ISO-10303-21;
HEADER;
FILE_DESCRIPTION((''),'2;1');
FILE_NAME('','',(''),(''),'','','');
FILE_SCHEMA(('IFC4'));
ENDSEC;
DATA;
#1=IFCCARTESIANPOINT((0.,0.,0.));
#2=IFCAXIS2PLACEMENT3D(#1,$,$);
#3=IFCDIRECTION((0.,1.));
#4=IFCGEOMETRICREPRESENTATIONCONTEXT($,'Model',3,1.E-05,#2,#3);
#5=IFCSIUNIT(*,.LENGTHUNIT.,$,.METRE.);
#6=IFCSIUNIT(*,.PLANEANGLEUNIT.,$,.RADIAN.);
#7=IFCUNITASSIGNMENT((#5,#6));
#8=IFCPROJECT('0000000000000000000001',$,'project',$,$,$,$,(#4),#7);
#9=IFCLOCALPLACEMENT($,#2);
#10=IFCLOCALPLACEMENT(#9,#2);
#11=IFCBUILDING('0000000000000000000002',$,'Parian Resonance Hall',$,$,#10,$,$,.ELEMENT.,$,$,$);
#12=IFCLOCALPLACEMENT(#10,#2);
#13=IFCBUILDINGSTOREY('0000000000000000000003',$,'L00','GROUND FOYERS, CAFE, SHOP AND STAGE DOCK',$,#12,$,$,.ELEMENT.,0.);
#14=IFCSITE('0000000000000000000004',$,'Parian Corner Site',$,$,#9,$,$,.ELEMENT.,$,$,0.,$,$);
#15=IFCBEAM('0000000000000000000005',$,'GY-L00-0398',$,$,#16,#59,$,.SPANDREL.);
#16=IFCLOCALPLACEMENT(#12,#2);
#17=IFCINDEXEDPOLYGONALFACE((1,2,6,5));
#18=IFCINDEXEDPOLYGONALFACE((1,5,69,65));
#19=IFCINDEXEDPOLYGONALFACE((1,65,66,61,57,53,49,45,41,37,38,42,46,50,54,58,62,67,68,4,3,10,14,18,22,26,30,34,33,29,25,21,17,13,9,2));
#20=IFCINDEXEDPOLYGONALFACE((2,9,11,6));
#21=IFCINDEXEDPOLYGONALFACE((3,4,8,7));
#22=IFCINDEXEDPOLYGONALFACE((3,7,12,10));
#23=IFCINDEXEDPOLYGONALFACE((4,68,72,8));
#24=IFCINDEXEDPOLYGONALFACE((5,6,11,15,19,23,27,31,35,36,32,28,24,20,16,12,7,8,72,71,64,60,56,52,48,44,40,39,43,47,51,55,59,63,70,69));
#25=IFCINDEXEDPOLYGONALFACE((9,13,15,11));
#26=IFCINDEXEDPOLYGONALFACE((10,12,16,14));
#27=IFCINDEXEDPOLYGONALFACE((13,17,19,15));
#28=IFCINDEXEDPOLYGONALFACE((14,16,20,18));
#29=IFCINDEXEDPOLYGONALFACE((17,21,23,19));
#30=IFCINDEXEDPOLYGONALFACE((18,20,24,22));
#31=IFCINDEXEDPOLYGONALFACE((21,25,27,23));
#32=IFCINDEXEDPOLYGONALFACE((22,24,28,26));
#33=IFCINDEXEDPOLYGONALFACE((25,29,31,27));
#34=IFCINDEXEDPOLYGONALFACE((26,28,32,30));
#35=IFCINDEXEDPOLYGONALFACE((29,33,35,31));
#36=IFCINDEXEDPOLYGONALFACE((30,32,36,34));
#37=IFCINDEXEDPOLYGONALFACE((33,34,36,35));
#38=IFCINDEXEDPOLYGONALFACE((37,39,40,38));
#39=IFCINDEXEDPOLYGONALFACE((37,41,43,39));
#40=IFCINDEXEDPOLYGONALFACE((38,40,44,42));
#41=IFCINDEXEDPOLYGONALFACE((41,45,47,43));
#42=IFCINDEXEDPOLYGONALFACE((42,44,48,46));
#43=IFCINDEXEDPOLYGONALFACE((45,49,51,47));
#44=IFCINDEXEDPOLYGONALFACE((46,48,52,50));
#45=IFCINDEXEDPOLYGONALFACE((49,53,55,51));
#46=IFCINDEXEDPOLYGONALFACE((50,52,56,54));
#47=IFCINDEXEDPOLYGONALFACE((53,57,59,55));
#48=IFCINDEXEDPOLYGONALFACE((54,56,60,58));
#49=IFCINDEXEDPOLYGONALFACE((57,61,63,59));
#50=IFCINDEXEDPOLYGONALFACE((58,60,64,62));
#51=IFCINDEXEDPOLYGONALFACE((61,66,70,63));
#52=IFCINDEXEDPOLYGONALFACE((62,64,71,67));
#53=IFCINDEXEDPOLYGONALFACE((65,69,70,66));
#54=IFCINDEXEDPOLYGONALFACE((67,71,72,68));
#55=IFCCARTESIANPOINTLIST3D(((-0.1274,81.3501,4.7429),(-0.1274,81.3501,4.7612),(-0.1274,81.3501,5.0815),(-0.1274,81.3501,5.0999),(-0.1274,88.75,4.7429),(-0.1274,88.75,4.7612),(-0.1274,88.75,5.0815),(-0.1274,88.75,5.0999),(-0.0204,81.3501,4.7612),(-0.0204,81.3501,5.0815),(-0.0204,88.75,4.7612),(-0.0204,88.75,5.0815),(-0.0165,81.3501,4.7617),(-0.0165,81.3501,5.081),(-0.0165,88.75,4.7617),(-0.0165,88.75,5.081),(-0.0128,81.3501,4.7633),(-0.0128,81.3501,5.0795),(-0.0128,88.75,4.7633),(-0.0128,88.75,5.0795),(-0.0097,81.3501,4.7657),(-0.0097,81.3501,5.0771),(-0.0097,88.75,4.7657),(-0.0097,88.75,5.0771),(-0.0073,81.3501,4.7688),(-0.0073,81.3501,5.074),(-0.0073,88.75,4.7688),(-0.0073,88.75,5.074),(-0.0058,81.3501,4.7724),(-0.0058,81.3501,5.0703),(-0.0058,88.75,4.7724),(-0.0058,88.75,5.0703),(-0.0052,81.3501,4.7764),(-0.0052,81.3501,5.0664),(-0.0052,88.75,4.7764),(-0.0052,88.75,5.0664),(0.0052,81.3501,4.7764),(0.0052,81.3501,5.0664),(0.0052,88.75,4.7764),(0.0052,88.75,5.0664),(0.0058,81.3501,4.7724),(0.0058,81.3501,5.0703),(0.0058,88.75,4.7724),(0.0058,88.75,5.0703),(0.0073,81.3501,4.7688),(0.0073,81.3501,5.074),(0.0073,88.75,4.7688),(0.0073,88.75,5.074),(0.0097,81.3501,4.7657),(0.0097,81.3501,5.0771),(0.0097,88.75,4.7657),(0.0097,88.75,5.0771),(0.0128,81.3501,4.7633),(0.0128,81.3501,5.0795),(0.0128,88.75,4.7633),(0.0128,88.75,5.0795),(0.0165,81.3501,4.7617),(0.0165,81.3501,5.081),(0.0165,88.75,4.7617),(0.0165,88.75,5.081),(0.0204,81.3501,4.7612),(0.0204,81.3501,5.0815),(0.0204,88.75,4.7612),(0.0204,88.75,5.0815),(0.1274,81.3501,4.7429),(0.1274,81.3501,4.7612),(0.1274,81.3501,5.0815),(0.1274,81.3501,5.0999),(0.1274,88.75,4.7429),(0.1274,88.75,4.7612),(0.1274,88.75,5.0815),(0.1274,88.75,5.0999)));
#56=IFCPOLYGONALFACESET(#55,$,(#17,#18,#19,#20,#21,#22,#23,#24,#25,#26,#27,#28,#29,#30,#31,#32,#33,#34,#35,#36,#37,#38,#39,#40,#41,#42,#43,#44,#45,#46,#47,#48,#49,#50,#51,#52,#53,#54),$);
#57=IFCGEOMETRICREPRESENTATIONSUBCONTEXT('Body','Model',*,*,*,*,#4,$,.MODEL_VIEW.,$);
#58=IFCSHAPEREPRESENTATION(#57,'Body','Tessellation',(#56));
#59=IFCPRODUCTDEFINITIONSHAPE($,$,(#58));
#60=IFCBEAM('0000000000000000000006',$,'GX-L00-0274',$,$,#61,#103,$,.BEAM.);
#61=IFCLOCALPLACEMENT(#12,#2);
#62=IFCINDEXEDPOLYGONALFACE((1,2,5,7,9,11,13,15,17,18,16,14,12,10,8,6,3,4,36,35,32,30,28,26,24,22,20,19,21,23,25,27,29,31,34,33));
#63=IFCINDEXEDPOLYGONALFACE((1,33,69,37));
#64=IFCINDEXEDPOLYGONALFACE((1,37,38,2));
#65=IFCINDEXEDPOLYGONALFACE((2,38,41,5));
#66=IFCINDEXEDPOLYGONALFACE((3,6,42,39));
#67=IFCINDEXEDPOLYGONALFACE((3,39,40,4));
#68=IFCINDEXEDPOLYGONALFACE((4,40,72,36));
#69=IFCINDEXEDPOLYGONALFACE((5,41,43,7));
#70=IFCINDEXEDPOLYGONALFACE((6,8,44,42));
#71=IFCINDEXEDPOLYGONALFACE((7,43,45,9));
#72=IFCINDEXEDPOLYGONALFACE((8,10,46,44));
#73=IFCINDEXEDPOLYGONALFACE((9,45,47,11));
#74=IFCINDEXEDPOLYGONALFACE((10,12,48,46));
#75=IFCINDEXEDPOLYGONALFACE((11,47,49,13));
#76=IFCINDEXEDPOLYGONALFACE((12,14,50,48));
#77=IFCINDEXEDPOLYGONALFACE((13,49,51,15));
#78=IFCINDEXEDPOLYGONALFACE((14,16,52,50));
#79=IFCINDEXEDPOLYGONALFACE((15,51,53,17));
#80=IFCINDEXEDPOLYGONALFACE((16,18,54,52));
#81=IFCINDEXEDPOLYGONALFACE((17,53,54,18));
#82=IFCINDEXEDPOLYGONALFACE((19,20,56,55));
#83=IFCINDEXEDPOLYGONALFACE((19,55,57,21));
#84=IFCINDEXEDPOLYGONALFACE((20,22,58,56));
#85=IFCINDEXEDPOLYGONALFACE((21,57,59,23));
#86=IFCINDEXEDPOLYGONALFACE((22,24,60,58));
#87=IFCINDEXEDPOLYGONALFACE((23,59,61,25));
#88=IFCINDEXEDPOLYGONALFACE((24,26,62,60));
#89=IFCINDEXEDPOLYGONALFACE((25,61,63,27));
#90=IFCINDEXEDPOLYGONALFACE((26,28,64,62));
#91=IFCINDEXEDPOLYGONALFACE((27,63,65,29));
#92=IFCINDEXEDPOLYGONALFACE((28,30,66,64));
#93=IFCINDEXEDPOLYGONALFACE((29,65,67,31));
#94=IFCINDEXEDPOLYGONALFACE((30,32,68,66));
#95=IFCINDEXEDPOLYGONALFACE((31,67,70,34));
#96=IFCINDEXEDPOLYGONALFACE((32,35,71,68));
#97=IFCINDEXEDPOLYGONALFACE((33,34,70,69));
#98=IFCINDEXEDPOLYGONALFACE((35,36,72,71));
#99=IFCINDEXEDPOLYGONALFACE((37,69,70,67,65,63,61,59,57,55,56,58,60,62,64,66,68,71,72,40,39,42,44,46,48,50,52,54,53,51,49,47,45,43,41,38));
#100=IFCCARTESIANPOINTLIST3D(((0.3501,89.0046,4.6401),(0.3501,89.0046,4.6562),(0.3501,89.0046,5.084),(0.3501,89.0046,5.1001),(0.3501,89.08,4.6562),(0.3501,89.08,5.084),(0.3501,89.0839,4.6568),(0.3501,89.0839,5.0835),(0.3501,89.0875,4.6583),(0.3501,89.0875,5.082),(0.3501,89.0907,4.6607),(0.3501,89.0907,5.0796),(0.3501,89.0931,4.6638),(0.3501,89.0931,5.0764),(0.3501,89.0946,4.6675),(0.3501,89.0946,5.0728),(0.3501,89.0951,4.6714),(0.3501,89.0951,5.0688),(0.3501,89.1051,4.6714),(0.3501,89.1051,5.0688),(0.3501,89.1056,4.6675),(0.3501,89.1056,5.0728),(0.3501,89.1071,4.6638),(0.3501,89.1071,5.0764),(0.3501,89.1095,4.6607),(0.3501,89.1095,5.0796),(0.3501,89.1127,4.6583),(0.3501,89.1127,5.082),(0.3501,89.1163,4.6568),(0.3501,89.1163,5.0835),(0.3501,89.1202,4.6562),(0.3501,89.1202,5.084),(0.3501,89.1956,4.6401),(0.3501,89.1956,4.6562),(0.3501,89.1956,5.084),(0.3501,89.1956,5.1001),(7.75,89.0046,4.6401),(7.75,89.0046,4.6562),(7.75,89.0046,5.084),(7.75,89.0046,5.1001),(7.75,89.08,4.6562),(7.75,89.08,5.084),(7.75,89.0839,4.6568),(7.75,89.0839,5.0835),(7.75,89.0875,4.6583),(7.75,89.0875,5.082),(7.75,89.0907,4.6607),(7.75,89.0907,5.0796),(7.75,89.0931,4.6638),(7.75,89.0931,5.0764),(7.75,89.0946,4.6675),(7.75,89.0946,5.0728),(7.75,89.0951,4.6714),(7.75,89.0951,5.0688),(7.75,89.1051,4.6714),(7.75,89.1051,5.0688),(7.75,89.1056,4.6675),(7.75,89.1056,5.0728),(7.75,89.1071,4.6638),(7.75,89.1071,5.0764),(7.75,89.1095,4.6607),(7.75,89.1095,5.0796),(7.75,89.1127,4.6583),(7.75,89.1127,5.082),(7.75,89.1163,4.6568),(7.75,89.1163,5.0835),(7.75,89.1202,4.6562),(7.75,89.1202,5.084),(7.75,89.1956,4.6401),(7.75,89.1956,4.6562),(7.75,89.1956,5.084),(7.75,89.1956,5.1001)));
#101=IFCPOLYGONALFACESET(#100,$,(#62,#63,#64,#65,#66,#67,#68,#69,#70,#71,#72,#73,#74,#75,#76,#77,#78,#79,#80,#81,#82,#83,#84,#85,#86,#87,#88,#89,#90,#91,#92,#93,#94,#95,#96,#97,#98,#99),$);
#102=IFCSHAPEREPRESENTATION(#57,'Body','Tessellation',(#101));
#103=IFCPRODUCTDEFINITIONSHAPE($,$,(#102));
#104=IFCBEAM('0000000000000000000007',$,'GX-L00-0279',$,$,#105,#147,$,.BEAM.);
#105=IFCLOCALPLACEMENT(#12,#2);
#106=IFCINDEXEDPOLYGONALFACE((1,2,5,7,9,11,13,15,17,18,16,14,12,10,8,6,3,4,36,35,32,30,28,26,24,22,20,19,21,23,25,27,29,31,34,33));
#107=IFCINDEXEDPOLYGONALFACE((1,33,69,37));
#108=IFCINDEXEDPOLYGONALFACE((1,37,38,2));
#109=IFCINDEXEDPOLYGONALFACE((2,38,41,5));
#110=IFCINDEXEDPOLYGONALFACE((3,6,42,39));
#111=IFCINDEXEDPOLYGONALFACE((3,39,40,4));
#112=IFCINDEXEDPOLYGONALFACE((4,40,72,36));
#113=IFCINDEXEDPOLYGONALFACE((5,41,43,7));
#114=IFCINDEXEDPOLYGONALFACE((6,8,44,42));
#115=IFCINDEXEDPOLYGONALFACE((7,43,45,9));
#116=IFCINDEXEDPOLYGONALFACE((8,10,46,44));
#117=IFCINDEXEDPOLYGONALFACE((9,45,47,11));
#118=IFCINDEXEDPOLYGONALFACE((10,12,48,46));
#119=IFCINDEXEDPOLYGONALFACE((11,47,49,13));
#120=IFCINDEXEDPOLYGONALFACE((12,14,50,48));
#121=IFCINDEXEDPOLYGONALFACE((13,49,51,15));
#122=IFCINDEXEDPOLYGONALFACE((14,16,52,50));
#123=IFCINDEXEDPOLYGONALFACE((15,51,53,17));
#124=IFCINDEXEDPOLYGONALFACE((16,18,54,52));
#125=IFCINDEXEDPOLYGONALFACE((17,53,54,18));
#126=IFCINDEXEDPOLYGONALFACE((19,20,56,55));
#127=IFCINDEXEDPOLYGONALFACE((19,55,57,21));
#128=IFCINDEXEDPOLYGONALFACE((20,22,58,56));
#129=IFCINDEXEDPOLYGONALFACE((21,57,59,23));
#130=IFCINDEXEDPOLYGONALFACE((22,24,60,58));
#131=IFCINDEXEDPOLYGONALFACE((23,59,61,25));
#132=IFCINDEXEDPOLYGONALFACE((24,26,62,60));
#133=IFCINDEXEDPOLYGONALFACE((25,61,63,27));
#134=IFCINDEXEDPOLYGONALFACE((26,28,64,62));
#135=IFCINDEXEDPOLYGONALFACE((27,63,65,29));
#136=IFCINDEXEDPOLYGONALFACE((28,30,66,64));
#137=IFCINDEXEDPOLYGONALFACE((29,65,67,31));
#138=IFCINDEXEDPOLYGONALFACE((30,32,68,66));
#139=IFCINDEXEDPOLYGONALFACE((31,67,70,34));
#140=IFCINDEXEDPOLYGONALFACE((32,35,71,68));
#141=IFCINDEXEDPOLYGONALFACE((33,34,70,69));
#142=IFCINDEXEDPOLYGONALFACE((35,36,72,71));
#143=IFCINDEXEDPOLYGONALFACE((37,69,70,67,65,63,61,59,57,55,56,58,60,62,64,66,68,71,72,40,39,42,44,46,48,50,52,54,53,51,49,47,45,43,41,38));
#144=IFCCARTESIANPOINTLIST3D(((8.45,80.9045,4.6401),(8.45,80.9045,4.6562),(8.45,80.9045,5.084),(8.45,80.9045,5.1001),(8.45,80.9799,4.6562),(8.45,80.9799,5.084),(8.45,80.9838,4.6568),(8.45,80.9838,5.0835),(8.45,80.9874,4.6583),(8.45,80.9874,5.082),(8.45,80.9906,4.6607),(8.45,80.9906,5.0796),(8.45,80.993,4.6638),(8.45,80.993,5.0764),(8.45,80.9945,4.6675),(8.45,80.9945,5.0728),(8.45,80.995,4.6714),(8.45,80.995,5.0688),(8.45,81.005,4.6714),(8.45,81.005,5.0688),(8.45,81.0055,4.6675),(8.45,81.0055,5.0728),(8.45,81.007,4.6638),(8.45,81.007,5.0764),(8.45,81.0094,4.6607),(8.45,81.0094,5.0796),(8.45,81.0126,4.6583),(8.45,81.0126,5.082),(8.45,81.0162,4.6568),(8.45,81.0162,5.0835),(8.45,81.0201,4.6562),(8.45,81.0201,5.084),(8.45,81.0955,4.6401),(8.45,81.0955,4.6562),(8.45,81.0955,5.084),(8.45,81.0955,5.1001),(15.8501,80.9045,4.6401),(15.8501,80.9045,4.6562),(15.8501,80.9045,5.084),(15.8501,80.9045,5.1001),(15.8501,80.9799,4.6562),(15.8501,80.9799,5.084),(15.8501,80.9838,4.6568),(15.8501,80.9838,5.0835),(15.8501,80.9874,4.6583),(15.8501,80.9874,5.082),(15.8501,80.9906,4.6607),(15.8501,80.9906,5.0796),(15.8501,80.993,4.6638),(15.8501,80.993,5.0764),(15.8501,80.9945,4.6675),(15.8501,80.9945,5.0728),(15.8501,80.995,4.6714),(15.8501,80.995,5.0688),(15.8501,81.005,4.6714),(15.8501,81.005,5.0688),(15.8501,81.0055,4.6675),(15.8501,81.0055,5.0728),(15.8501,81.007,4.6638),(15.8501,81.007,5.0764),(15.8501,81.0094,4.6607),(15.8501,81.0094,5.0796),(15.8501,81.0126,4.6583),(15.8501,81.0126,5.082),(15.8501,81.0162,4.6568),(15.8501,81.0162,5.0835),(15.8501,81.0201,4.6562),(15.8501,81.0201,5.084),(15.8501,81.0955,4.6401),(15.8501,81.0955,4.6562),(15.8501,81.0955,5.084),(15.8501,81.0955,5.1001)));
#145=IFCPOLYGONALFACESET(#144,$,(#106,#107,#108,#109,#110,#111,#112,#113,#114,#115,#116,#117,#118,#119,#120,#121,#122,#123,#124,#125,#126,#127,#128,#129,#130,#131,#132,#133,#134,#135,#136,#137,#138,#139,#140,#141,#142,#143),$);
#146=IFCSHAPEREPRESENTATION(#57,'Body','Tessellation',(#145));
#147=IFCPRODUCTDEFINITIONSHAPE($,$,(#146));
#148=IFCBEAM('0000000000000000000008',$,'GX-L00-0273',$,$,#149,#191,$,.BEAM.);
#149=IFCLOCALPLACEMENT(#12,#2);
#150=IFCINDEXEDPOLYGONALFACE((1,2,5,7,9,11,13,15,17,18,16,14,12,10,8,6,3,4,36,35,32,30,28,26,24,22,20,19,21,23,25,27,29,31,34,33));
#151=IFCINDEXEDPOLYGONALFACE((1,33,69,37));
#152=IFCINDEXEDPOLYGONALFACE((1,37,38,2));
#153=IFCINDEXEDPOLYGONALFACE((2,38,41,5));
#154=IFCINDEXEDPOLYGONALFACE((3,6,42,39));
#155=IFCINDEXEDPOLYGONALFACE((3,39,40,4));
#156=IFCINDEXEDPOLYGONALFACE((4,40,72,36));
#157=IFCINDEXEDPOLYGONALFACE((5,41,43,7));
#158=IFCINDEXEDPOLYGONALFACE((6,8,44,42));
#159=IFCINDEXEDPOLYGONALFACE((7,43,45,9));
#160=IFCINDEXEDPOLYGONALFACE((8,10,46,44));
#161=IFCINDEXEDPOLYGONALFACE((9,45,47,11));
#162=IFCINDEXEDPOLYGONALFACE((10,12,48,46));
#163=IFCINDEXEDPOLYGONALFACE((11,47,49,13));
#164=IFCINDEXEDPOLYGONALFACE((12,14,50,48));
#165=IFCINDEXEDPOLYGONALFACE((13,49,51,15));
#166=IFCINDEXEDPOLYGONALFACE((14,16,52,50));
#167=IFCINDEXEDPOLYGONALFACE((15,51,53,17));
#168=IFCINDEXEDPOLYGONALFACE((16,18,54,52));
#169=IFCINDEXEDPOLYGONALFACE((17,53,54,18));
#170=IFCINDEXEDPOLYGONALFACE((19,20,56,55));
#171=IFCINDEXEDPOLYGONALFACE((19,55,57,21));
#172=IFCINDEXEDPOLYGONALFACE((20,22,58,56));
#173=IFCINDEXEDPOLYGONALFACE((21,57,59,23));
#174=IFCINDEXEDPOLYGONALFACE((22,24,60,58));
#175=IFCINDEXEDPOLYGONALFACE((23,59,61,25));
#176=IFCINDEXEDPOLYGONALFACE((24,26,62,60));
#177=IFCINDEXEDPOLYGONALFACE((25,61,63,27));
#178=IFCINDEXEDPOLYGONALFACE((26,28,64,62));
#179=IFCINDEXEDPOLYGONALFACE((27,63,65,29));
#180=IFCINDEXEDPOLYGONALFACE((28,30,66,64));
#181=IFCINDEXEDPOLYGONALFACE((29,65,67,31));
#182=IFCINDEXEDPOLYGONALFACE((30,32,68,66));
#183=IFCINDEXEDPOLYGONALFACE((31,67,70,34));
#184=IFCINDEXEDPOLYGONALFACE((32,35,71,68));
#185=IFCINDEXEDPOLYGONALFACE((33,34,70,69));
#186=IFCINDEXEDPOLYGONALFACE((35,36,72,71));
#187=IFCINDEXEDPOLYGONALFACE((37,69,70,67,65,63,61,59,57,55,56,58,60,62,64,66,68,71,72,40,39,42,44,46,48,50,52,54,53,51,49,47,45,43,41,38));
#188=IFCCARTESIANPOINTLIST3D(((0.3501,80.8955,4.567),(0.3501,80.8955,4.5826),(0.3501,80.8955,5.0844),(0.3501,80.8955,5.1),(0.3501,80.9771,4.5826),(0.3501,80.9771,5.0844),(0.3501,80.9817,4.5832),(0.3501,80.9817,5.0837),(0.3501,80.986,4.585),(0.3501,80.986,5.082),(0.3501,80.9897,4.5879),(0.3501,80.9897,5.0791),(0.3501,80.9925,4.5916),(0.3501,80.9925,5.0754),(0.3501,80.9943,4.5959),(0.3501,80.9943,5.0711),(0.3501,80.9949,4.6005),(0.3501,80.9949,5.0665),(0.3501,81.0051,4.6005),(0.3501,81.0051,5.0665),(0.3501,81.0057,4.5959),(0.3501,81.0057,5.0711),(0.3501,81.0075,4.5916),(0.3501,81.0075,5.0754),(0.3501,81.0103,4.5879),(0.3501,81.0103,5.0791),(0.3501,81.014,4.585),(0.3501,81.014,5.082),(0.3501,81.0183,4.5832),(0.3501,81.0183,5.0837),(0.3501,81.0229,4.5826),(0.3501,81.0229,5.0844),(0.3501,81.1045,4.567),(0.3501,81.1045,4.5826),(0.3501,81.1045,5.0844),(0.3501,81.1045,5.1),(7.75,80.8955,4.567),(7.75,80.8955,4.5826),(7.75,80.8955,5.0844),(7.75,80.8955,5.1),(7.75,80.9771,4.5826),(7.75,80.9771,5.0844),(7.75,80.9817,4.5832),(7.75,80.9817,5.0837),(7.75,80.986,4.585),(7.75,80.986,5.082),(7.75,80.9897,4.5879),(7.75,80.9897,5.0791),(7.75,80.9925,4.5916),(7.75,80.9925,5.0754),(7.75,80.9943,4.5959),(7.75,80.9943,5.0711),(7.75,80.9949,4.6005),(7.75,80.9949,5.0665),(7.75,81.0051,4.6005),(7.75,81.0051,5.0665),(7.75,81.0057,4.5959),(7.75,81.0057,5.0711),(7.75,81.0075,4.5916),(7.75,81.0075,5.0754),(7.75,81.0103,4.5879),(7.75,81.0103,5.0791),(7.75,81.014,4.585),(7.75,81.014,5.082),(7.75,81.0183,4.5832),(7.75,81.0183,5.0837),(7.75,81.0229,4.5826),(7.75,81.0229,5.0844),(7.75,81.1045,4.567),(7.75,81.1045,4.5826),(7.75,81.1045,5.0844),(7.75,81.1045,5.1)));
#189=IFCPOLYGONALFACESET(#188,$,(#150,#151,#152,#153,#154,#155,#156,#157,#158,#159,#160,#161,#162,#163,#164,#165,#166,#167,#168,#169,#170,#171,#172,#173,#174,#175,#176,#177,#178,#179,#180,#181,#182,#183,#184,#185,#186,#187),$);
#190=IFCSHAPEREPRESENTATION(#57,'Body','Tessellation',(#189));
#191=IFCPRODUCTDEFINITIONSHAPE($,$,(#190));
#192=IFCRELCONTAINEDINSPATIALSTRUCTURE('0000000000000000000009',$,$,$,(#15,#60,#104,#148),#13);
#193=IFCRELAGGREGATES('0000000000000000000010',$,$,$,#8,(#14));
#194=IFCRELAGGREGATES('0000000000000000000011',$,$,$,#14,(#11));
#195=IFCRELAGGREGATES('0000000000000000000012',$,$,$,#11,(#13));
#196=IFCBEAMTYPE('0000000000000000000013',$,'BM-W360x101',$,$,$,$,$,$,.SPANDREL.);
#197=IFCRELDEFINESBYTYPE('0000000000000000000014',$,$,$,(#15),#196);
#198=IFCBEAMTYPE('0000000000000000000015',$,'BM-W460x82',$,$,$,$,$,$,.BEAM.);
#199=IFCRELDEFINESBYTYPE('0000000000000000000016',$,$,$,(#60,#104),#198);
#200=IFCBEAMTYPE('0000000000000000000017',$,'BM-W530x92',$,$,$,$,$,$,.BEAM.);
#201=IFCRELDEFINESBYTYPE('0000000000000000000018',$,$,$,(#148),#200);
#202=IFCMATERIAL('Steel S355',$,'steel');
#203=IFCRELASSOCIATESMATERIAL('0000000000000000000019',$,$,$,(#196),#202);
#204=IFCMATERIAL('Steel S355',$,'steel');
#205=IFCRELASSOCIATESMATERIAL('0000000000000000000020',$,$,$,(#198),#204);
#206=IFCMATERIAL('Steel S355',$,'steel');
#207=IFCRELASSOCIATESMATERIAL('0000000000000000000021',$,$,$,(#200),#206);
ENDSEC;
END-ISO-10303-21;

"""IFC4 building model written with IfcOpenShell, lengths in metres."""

from ifc_helpers import new_model, si_unit, direction, frame, origin, origin_2d, place, context, subcontext, project, spatial, i_section, extrude, material, material_profile, profile_set, type_object, element, save


model = new_model("IFC4")

# Units and contexts
model_context = context("Model", 3, precision=1e-05, world=origin(), true_north=direction((0.0, 1.0)))
body_context = subcontext(model_context, "Body", "Model", "MODEL_VIEW")
ifc_project = project(units=[si_unit("LENGTHUNIT", "METRE"), si_unit("PLANEANGLEUNIT", "RADIAN")], contexts=[model_context])

# Site, building, storey
site_placement = place(None, origin())
site = spatial("IfcSite", under=ifc_project, at=site_placement, Name="Parian Corner Site", CompositionType="ELEMENT", RefElevation=0.0)
building_placement = place(site_placement, origin())
building = spatial("IfcBuilding", under=site, at=building_placement, Name="Parian Resonance Hall", CompositionType="ELEMENT")
storey_placement = place(building_placement, origin())
storey = spatial("IfcBuildingStorey", under=building, at=storey_placement, Name="L00", Description="GROUND FOYERS, CAFE, SHOP AND STAGE DOCK", CompositionType="ELEMENT", Elevation=0.0)

# Beams
ifc_material_1 = material(Name="Steel S355", Category="steel")
ifc_material_profile_1 = material_profile(ifc_material_1, i_section(OverallWidth=0.2549, OverallDepth=0.3569, WebThickness=0.0105, FlangeThickness=0.0183, FilletRadius=0.0151, at=origin_2d()), Name="W360x101")
ifc_profile_set_1 = profile_set([ifc_material_profile_1], Name="Steel S355")
beam_type_1 = type_object("IfcBeamType", Name="BM-W360x101", PredefinedType="SPANDREL", material=ifc_profile_set_1)
beam_1_placement = place(storey_placement, frame((0.0, 81.3501, 4.9214), z_axis=(0.0, 1.0, 0.0), x_axis=(-1.0, 0.0, 0.0)))
element("IfcBeam", 1, at=beam_1_placement, inside=storey, type_object=beam_type_1, Name="GY-L00-0398", PredefinedType="SPANDREL", context=body_context, shape_type="SweptSolid", body=[
    extrude(i_section(OverallWidth=0.2549, OverallDepth=0.3569, WebThickness=0.0105, FlangeThickness=0.0183, FilletRadius=0.0151, at=origin_2d()), origin(), (0.0, 0.0, 1.0), 7.3999),
])
ifc_material_2 = material(Name="Steel S355", Category="steel")
ifc_material_profile_2 = material_profile(ifc_material_2, i_section(OverallWidth=0.1909, OverallDepth=0.46, WebThickness=0.01, FlangeThickness=0.0161, FilletRadius=0.0151, at=origin_2d()), Name="W460x82")
ifc_profile_set_2 = profile_set([ifc_material_profile_2], Name="Steel S355")
beam_type_2 = type_object("IfcBeamType", Name="BM-W460x82", PredefinedType="BEAM", material=ifc_profile_set_2)
beam_2_placement = place(storey_placement, frame((0.3501, 89.1001, 4.8701), z_axis=(1.0, 0.0, 0.0), x_axis=(0.0, 1.0, 0.0)))
element("IfcBeam", 2, at=beam_2_placement, inside=storey, type_object=beam_type_2, Name="GX-L00-0274", PredefinedType="BEAM", context=body_context, shape_type="SweptSolid", body=[
    extrude(i_section(OverallWidth=0.1909, OverallDepth=0.46, WebThickness=0.01, FlangeThickness=0.0161, FilletRadius=0.0151, at=origin_2d()), origin(), (0.0, 0.0, 1.0), 7.3999),
])
beam_3_placement = place(storey_placement, frame((8.45, 81.0, 4.8701), z_axis=(1.0, 0.0, 0.0), x_axis=(0.0, 1.0, 0.0)))
element("IfcBeam", 3, at=beam_3_placement, inside=storey, type_object=beam_type_2, Name="GX-L00-0279", PredefinedType="BEAM", context=body_context, shape_type="SweptSolid", body=[
    extrude(i_section(OverallWidth=0.1909, OverallDepth=0.46, WebThickness=0.01, FlangeThickness=0.0161, FilletRadius=0.0151, at=origin_2d()), origin(), (0.0, 0.0, 1.0), 7.4001),
])
ifc_material_3 = material(Name="Steel S355", Category="steel")
ifc_material_profile_3 = material_profile(ifc_material_3, i_section(OverallWidth=0.209, OverallDepth=0.533, WebThickness=0.0103, FlangeThickness=0.0156, FilletRadius=0.0178, at=origin_2d()), Name="W530x92")
ifc_profile_set_3 = profile_set([ifc_material_profile_3], Name="Steel S355")
beam_type_3 = type_object("IfcBeamType", Name="BM-W530x92", PredefinedType="BEAM", material=ifc_profile_set_3)
beam_4_placement = place(storey_placement, frame((0.3501, 81.0, 4.8335), z_axis=(1.0, 0.0, 0.0), x_axis=(0.0, 1.0, 0.0)))
element("IfcBeam", 4, at=beam_4_placement, inside=storey, type_object=beam_type_3, Name="GX-L00-0273", PredefinedType="BEAM", context=body_context, shape_type="SweptSolid", body=[
    extrude(i_section(OverallWidth=0.209, OverallDepth=0.533, WebThickness=0.0103, FlangeThickness=0.0156, FilletRadius=0.0178, at=origin_2d()), origin(), (0.0, 0.0, 1.0), 7.3999),
])

save(model, "model.ifc")
